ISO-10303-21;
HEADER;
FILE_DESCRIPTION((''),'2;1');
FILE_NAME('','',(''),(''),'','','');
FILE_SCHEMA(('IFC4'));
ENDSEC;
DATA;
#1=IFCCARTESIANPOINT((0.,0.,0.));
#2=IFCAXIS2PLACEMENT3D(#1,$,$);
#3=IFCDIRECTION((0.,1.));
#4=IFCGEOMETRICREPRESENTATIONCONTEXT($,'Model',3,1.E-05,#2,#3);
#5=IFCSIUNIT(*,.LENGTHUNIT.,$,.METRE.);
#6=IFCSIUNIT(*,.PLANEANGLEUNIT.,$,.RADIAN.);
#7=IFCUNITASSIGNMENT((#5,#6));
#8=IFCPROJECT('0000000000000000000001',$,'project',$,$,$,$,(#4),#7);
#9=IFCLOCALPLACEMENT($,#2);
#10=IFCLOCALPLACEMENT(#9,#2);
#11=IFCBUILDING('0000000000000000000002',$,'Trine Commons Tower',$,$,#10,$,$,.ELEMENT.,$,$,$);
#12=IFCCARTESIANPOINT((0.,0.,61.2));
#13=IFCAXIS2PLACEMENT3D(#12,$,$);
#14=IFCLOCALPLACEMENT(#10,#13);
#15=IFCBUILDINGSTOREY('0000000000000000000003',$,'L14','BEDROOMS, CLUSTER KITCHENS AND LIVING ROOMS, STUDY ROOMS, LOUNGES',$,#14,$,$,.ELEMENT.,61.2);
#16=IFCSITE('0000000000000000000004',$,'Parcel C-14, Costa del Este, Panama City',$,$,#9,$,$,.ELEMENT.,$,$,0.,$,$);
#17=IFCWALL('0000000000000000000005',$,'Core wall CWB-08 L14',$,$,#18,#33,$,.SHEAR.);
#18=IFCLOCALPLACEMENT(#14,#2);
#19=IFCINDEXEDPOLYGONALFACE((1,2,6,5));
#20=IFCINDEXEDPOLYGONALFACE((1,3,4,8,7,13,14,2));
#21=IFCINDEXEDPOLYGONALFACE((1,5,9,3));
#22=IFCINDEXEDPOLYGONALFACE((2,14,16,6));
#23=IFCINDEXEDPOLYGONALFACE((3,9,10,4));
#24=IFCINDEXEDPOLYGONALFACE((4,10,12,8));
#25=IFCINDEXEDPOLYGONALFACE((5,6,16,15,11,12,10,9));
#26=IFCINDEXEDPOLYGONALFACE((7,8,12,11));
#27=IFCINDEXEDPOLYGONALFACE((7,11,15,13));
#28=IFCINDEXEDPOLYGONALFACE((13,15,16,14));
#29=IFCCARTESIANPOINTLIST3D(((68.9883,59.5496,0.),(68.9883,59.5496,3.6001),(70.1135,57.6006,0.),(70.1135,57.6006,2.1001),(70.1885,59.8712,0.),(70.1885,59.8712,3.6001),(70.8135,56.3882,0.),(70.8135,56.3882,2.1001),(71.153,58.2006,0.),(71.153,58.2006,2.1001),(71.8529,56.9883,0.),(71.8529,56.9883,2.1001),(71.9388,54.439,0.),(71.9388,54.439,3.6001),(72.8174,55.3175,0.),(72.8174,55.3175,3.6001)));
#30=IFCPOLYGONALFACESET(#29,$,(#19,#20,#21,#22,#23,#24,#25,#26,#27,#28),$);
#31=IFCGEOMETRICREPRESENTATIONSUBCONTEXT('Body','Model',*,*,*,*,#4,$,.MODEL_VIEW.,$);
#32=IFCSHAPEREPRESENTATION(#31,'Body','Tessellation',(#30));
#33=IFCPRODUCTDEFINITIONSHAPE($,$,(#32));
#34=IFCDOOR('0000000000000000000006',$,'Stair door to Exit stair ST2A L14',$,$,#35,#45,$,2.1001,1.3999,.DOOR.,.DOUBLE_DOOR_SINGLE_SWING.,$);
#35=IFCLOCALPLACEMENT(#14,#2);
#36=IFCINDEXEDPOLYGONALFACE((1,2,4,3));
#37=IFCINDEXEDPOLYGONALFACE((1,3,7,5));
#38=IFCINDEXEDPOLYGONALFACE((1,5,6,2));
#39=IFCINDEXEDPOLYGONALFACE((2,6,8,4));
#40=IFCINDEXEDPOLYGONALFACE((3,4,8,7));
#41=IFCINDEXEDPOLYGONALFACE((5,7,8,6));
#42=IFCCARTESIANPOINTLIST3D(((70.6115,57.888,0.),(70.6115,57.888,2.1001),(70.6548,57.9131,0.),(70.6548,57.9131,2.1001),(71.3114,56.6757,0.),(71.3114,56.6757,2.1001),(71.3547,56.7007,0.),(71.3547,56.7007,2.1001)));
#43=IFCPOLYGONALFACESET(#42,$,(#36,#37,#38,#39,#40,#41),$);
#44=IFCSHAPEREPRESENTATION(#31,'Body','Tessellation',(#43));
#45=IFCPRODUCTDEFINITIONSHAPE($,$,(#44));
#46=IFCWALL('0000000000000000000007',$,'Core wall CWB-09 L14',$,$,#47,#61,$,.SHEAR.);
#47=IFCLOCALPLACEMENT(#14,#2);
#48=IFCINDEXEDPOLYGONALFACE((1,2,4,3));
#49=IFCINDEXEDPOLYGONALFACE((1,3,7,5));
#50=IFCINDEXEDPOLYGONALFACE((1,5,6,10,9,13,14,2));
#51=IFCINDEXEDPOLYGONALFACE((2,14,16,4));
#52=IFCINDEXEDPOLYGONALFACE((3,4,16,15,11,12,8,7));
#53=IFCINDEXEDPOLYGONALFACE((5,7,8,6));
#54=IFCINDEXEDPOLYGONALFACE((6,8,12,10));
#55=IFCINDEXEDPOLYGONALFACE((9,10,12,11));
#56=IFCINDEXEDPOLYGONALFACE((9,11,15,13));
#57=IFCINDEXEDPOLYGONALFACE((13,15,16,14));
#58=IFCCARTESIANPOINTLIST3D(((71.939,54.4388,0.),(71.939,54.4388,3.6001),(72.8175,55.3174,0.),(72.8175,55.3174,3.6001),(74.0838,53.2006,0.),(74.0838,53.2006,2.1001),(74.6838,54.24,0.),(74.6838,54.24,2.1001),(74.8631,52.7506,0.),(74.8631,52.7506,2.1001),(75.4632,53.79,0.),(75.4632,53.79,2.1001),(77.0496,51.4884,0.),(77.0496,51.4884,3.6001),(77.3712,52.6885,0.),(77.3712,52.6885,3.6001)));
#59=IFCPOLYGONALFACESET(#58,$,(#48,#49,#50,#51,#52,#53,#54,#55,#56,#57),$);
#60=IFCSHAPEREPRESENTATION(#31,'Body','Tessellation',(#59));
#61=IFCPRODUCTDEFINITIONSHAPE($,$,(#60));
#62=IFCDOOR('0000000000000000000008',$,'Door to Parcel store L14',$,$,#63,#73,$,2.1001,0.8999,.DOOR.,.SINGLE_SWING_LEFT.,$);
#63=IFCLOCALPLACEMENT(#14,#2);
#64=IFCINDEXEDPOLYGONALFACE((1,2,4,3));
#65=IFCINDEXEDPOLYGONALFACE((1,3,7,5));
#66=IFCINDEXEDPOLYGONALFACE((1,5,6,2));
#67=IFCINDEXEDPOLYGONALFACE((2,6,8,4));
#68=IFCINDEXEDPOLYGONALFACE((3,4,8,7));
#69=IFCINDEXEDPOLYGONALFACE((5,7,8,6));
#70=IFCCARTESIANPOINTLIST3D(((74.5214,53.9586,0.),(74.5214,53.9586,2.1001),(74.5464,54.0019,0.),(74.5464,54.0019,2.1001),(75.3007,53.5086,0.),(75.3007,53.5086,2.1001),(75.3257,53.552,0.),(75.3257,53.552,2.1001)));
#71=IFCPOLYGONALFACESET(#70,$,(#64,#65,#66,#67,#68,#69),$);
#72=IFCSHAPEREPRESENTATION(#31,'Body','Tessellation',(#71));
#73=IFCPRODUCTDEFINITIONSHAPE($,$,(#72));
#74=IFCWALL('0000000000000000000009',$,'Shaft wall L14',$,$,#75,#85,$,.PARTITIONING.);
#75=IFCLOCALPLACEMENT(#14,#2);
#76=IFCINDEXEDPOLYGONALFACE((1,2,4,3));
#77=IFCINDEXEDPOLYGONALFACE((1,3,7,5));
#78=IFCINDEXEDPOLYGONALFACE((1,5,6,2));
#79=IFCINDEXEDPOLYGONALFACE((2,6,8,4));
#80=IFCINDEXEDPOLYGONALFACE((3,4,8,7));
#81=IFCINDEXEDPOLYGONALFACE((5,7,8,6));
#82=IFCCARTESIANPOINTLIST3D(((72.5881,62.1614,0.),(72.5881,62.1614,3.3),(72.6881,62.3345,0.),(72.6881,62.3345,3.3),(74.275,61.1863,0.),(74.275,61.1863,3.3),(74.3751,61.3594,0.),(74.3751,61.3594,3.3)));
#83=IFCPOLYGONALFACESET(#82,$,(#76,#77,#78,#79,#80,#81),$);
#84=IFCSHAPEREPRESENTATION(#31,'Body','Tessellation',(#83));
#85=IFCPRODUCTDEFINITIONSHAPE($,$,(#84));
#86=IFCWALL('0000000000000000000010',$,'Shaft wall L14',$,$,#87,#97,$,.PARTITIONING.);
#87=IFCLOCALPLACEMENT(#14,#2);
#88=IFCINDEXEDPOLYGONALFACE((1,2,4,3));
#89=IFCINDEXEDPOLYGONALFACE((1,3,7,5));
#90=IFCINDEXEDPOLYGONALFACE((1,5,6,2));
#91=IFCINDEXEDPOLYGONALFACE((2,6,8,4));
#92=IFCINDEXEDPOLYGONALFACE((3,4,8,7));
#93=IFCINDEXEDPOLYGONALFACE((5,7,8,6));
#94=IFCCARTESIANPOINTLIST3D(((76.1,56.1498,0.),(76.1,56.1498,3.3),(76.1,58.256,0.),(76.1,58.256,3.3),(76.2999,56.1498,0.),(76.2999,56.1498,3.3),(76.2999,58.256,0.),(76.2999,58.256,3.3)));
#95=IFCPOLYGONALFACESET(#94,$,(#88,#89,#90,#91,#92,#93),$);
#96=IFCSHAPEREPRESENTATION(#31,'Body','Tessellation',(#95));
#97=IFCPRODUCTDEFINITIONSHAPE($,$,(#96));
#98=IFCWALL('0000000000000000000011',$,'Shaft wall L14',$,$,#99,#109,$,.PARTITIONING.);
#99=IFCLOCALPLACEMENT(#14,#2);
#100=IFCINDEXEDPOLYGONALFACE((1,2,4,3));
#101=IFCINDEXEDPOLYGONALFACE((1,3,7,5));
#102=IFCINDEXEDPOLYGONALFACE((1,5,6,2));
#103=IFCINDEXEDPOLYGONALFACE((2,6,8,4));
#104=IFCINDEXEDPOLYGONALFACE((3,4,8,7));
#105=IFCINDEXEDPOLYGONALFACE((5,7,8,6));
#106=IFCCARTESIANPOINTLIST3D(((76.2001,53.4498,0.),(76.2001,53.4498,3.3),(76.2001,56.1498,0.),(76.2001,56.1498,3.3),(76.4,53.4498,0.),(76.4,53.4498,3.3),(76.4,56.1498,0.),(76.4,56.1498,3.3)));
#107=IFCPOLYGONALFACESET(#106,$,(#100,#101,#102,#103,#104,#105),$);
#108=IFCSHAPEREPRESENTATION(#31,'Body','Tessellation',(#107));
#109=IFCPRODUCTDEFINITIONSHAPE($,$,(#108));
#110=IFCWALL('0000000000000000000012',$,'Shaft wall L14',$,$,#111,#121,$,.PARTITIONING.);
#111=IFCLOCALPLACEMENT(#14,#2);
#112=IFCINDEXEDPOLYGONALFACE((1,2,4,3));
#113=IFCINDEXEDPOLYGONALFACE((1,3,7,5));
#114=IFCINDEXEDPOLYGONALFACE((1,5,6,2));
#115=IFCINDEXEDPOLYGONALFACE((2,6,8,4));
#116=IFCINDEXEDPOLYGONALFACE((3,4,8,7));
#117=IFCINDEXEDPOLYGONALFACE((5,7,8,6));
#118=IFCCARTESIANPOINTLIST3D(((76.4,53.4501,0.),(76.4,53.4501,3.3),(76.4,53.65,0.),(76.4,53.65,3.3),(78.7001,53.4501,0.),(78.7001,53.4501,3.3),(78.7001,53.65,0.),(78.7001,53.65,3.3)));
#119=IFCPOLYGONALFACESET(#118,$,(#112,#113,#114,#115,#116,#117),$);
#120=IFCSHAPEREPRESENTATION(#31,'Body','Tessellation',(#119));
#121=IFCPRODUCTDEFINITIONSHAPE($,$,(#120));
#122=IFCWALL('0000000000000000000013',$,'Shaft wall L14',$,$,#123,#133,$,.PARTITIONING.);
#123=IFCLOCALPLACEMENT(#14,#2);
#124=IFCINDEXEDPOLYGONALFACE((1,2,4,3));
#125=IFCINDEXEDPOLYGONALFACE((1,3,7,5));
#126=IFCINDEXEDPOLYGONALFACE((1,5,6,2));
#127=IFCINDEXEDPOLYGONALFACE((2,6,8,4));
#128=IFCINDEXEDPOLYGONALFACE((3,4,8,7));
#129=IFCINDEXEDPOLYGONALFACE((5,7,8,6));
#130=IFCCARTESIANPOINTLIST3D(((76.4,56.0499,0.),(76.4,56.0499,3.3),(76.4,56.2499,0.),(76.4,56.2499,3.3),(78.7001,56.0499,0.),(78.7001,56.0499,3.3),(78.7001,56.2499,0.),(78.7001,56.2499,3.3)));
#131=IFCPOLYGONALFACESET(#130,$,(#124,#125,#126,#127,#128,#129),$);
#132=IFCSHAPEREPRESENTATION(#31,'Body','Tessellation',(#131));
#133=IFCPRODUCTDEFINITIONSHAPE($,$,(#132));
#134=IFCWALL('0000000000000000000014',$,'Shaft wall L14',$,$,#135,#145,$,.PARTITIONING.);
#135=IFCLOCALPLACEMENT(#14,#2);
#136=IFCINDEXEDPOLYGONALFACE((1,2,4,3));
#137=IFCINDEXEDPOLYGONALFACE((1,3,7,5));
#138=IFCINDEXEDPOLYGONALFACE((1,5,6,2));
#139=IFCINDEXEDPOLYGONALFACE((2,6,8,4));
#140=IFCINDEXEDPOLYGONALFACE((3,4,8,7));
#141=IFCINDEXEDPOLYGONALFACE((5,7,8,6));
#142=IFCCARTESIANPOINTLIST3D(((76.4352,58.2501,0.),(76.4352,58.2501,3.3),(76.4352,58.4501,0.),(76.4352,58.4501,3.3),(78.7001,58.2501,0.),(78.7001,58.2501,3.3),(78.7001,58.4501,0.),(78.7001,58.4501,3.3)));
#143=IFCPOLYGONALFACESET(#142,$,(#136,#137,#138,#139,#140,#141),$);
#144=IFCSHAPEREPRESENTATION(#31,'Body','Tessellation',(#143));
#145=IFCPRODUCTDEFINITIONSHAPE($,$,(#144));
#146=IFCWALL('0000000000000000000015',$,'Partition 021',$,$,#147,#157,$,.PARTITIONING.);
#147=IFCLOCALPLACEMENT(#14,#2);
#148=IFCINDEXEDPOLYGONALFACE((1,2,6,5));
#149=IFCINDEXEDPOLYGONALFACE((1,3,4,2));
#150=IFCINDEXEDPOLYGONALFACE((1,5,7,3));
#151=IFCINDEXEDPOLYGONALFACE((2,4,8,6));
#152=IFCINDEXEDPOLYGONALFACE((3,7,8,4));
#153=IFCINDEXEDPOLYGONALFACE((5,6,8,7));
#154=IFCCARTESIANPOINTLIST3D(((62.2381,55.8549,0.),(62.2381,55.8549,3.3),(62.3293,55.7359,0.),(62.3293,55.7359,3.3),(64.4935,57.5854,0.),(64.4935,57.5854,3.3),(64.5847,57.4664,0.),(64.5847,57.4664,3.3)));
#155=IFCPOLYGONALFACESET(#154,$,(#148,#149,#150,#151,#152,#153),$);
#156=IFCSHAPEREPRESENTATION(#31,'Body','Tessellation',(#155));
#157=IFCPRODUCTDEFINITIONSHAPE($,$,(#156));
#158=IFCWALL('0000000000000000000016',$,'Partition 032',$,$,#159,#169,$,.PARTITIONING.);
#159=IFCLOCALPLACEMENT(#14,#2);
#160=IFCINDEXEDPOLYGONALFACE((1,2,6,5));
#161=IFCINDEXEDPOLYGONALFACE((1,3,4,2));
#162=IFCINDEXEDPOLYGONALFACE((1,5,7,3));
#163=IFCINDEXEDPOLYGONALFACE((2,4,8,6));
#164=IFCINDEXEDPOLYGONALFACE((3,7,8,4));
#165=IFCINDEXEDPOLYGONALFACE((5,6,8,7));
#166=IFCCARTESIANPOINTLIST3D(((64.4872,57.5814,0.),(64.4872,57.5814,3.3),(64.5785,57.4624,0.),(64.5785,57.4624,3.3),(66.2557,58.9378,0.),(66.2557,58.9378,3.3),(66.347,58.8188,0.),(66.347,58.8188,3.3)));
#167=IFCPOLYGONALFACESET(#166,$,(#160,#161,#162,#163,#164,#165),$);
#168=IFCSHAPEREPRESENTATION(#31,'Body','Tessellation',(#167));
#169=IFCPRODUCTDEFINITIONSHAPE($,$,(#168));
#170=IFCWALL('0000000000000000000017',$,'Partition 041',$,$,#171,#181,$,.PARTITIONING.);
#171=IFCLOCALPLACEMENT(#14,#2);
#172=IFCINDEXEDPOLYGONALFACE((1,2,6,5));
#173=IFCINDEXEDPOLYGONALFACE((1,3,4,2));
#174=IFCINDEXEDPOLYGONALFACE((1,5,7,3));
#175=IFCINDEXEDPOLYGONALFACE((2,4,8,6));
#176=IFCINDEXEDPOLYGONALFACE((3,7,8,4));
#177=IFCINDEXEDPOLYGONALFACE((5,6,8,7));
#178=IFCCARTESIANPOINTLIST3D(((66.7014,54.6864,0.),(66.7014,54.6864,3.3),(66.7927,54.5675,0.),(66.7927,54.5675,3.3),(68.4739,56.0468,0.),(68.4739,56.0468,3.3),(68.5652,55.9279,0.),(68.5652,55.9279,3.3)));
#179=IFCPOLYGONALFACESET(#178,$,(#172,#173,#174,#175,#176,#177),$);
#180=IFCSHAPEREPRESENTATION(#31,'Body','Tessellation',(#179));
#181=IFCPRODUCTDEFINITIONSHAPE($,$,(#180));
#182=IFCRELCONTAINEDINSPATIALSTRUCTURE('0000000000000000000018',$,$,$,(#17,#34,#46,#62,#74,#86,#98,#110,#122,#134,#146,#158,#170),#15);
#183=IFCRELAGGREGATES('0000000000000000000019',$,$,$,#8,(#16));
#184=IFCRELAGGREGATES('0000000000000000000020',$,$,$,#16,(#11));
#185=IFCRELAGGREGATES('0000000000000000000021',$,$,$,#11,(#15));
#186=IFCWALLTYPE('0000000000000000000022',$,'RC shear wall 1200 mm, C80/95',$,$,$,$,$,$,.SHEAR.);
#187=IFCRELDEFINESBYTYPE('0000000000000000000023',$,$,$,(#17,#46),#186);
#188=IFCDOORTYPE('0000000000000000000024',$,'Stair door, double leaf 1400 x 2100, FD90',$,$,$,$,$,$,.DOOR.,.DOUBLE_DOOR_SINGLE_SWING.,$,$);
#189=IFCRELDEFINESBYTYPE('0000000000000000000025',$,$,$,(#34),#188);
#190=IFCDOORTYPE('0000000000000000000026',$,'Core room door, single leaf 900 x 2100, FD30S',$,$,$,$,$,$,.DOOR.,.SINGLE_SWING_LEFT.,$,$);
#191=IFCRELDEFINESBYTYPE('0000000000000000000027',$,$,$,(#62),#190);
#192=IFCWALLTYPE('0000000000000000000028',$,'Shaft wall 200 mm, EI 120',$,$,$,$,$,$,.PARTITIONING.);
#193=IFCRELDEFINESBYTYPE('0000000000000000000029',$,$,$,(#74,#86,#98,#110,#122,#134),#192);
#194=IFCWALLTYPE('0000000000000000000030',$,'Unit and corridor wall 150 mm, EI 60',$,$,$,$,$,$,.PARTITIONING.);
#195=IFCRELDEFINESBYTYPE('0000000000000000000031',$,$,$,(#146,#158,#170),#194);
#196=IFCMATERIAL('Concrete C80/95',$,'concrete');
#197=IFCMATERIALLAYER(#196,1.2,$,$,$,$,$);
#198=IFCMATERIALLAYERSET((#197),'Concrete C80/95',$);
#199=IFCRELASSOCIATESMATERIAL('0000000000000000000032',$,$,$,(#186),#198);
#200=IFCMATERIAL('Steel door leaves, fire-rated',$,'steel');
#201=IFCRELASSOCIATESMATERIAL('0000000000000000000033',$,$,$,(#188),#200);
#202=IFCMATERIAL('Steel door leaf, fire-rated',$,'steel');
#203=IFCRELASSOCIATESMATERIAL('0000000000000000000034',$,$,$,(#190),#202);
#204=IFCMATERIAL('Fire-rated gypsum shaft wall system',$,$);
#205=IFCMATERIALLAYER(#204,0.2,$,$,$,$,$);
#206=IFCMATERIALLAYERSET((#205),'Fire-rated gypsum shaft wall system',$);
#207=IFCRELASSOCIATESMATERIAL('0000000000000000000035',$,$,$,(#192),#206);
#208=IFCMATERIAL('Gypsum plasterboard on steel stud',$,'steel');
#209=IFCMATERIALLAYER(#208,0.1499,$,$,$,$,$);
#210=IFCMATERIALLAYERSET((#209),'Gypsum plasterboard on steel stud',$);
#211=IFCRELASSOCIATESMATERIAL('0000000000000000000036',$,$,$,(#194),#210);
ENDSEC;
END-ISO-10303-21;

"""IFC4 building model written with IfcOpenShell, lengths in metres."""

from ifc_helpers import new_model, si_unit, direction, frame, frame_2d, origin, place, context, subcontext, project, spatial, polyline, rectangle, outline, extrude, material, layer, layer_set, type_object, element, fill, save


model = new_model("IFC4")

# Units and contexts
model_context = context("Model", 3, precision=1e-05, world=origin(), true_north=direction((0.0, 1.0)))
body_context = subcontext(model_context, "Body", "Model", "MODEL_VIEW")
ifc_project = project(units=[si_unit("LENGTHUNIT", "METRE"), si_unit("PLANEANGLEUNIT", "RADIAN")], contexts=[model_context])

# Site, building, storey
site_placement = place(None, origin())
site = spatial("IfcSite", under=ifc_project, at=site_placement, Name="Parcel C-14, Costa del Este, Panama City", CompositionType="ELEMENT", RefElevation=0.0)
building_placement = place(site_placement, origin())
building = spatial("IfcBuilding", under=site, at=building_placement, Name="Trine Commons Tower", CompositionType="ELEMENT")
storey_placement = place(building_placement, frame((0.0, 0.0, 61.2)))
storey = spatial("IfcBuildingStorey", under=building, at=storey_placement, Name="L14", Description="BEDROOMS, CLUSTER KITCHENS AND LIVING ROOMS, STUDY ROOMS, LOUNGES", CompositionType="ELEMENT", Elevation=61.2)

# Walls, openings, doors
ifc_material_1 = material(Name="Concrete C80/95", Category="concrete")
ifc_layer_1 = layer(ifc_material_1, 1.2)
ifc_layer_set_1 = layer_set([ifc_layer_1], Name="Concrete C80/95")
wall_type_1 = type_object("IfcWallType", Name="RC shear wall 1200 mm, C80/95", PredefinedType="SHEAR", material=ifc_layer_set_1)
wall_1_placement = place(storey_placement, frame((69.5081, 59.8496, 0.0), z_axis=(0.0, 0.0, 1.0), x_axis=(0.499979, -0.866037, 0.0)))
wall_1 = element("IfcWall", 1, at=wall_1_placement, inside=storey, type_object=wall_type_1, Name="Core wall CWB-08 L14", PredefinedType="SHEAR", context=body_context, shape_type="SweptSolid", body=[
    extrude(outline(polyline([(0.0, -0.6001), (5.9011, -0.6001), (5.5796, 0.6001), (0.3215, 0.6001), (0.0, -0.6001)])), origin(), (0.0, 0.0, 1.0), 3.6001),
])
opening_1_placement = place(wall_1_placement, frame((2.2505, 0.0, 0.0)))
opening_1 = element("IfcOpeningElement", 2, at=opening_1_placement, cuts=wall_1, PredefinedType="OPENING", context=body_context, shape_type="SweptSolid", body=[
    extrude(rectangle(XDim=1.3999, YDim=2.1001, at=frame_2d((0.7, 1.05))), frame((0.0, 0.6099, 0.0), z_axis=(0.0, -1.0, 0.0), x_axis=(1.0, 0.0, 0.0)), (0.0, 0.0, 1.0), 1.22),
])
ifc_material_2 = material(Name="Steel door leaves, fire-rated", Category="steel")
door_type_1 = type_object("IfcDoorType", Name="Stair door, double leaf 1400 x 2100, FD90", OperationType="DOUBLE_DOOR_SINGLE_SWING", PredefinedType="DOOR", material=ifc_material_2)
door_1_placement = place(opening_1_placement, origin())
door_1 = element("IfcDoor", 3, at=door_1_placement, inside=storey, type_object=door_type_1, Name="Stair door to Exit stair ST2A L14", OperationType="DOUBLE_DOOR_SINGLE_SWING", OverallHeight=2.1001, OverallWidth=1.3999, PredefinedType="DOOR", context=body_context, shape_type="SweptSolid", body=[
    extrude(rectangle(XDim=1.3999, YDim=2.1001, at=frame_2d((0.7, 1.05))), frame((0.0, 0.0249, 0.0), z_axis=(0.0, -1.0, 0.0), x_axis=(1.0, 0.0, 0.0)), (0.0, 0.0, 1.0), 0.05),
])
fill(opening_1, door_1)
wall_2_placement = place(storey_placement, frame((72.239, 54.9585, 0.0), z_axis=(0.0, 0.0, 1.0), x_axis=(0.866037, -0.499979, 0.0)))
wall_2 = element("IfcWall", 4, at=wall_2_placement, inside=storey, type_object=wall_type_1, Name="Core wall CWB-09 L14", PredefinedType="SHEAR", context=body_context, shape_type="SweptSolid", body=[
    extrude(outline(polyline([(0.0, -0.6001), (5.9011, -0.6001), (5.5796, 0.6001), (0.3215, 0.6001), (0.0, -0.6001)])), origin(), (0.0, 0.0, 1.0), 3.6001),
])
opening_2_placement = place(wall_2_placement, frame((2.4766, 0.0, 0.0)))
opening_2 = element("IfcOpeningElement", 5, at=opening_2_placement, cuts=wall_2, PredefinedType="OPENING", context=body_context, shape_type="SweptSolid", body=[
    extrude(rectangle(XDim=0.8999, YDim=2.1001, at=frame_2d((0.45, 1.05))), frame((0.0, 0.6099, 0.0), z_axis=(0.0, -1.0, 0.0), x_axis=(1.0, 0.0, 0.0)), (0.0, 0.0, 1.0), 1.22),
])
ifc_material_3 = material(Name="Steel door leaf, fire-rated", Category="steel")
door_type_2 = type_object("IfcDoorType", Name="Core room door, single leaf 900 x 2100, FD30S", OperationType="SINGLE_SWING_LEFT", PredefinedType="DOOR", material=ifc_material_3)
door_2_placement = place(opening_2_placement, origin())
door_2 = element("IfcDoor", 6, at=door_2_placement, inside=storey, type_object=door_type_2, Name="Door to Parcel store L14", OperationType="SINGLE_SWING_LEFT", OverallHeight=2.1001, OverallWidth=0.8999, PredefinedType="DOOR", context=body_context, shape_type="SweptSolid", body=[
    extrude(rectangle(XDim=0.8999, YDim=2.1001, at=frame_2d((0.45, 1.05))), frame((0.0, 0.3252, 0.0), z_axis=(0.0, -1.0, 0.0), x_axis=(1.0, 0.0, 0.0)), (0.0, 0.0, 1.0), 0.05),
])
fill(opening_2, door_2)

# Walls
ifc_material_4 = material(Name="Fire-rated gypsum shaft wall system")
ifc_layer_2 = layer(ifc_material_4, 0.2)
ifc_layer_set_2 = layer_set([ifc_layer_2], Name="Fire-rated gypsum shaft wall system")
wall_type_2 = type_object("IfcWallType", Name="Shaft wall 200 mm, EI 120", PredefinedType="PARTITIONING", material=ifc_layer_set_2)
wall_3_placement = place(storey_placement, frame((74.325, 61.2729, 0.0), z_axis=(0.0, 0.0, 1.0), x_axis=(-0.865781, 0.500424, 0.0)))
element("IfcWall", 7, at=wall_3_placement, inside=storey, type_object=wall_type_2, Name="Shaft wall L14", PredefinedType="PARTITIONING", context=body_context, shape_type="SweptSolid", body=[
    extrude(rectangle(XDim=1.9485, YDim=0.2, at=frame_2d((0.9741, 0.0))), origin(), (0.0, 0.0, 1.0), 3.3),
])
wall_4_placement = place(storey_placement, frame((76.2, 58.2561, 0.0), z_axis=(0.0, 0.0, 1.0), x_axis=(0.0, -1.0, 0.0)))
element("IfcWall", 8, at=wall_4_placement, inside=storey, type_object=wall_type_2, Name="Shaft wall L14", PredefinedType="PARTITIONING", context=body_context, shape_type="SweptSolid", body=[
    extrude(rectangle(XDim=2.1062, YDim=0.2, at=frame_2d((1.0532, 0.0))), origin(), (0.0, 0.0, 1.0), 3.3),
])
wall_5_placement = place(storey_placement, frame((76.3, 56.1499, 0.0), z_axis=(0.0, 0.0, 1.0), x_axis=(0.0, -1.0, 0.0)))
element("IfcWall", 9, at=wall_5_placement, inside=storey, type_object=wall_type_2, Name="Shaft wall L14", PredefinedType="PARTITIONING", context=body_context, shape_type="SweptSolid", body=[
    extrude(rectangle(XDim=2.7, YDim=0.2, at=frame_2d((1.3501, 0.0))), origin(), (0.0, 0.0, 1.0), 3.3),
])
for number, where, z_axis, x_axis, name in (
    (10, (78.7, 53.55, 0.0), (0.0, 0.0, 1.0), (-1.0, 0.0, 0.0), "Shaft wall L14"),
    (11, (78.7, 56.1499, 0.0), (0.0, 0.0, 1.0), (-1.0, 0.0, 0.0), "Shaft wall L14"),
):
    element("IfcWall", number, at=place(storey_placement, frame(where, z_axis=z_axis, x_axis=x_axis)), inside=storey, type_object=wall_type_2, Name=name, PredefinedType="PARTITIONING", context=body_context, shape_type="SweptSolid", body=[
        extrude(rectangle(XDim=2.3, YDim=0.2, at=frame_2d((1.1499, 0.0))), origin(), (0.0, 0.0, 1.0), 3.3),
    ])
wall_6_placement = place(storey_placement, frame((78.7, 58.3501, 0.0), z_axis=(0.0, 0.0, 1.0), x_axis=(-1.0, 0.0, 0.0)))
element("IfcWall", 12, at=wall_6_placement, inside=storey, type_object=wall_type_2, Name="Shaft wall L14", PredefinedType="PARTITIONING", context=body_context, shape_type="SweptSolid", body=[
    extrude(rectangle(XDim=2.2649, YDim=0.2, at=frame_2d((1.1323, 0.0))), origin(), (0.0, 0.0, 1.0), 3.3),
])
ifc_material_5 = material(Name="Gypsum plasterboard on steel stud", Category="steel")
ifc_layer_3 = layer(ifc_material_5, 0.1499)
ifc_layer_set_3 = layer_set([ifc_layer_3], Name="Gypsum plasterboard on steel stud")
wall_type_3 = type_object("IfcWallType", Name="Unit and corridor wall 150 mm, EI 60", PredefinedType="PARTITIONING", material=ifc_layer_set_3)
wall_7_placement = place(storey_placement, frame((62.2837, 55.7954, 0.0), z_axis=(0.0, 0.0, 1.0), x_axis=(0.793377, 0.608731, 0.0)))
element("IfcWall", 13, at=wall_7_placement, inside=storey, type_object=wall_type_3, Name="Partition 021", PredefinedType="PARTITIONING", context=body_context, shape_type="SweptSolid", body=[
    extrude(rectangle(XDim=2.8428, YDim=0.1499, at=frame_2d((1.4214, 0.0))), origin(), (0.0, 0.0, 1.0), 3.3),
])
wall_8_placement = place(storey_placement, frame((64.533, 57.522, 0.0), z_axis=(0.0, 0.0, 1.0), x_axis=(0.793486, 0.608588, 0.0)))
element("IfcWall", 14, at=wall_8_placement, inside=storey, type_object=wall_type_3, Name="Partition 032", PredefinedType="PARTITIONING", context=body_context, shape_type="SweptSolid", body=[
    extrude(rectangle(XDim=2.2288, YDim=0.1499, at=frame_2d((1.1143, 0.0))), origin(), (0.0, 0.0, 1.0), 3.3),
])
wall_9_placement = place(storey_placement, frame((66.7471, 54.627, 0.0), z_axis=(0.0, 0.0, 1.0), x_axis=(0.79329, 0.608844, 0.0)))
element("IfcWall", 15, at=wall_9_placement, inside=storey, type_object=wall_type_3, Name="Partition 041", PredefinedType="PARTITIONING", context=body_context, shape_type="SweptSolid", body=[
    extrude(rectangle(XDim=2.2344, YDim=0.1499, at=frame_2d((1.1172, 0.0))), origin(), (0.0, 0.0, 1.0), 3.3),
])

save(model, "model.ifc")
